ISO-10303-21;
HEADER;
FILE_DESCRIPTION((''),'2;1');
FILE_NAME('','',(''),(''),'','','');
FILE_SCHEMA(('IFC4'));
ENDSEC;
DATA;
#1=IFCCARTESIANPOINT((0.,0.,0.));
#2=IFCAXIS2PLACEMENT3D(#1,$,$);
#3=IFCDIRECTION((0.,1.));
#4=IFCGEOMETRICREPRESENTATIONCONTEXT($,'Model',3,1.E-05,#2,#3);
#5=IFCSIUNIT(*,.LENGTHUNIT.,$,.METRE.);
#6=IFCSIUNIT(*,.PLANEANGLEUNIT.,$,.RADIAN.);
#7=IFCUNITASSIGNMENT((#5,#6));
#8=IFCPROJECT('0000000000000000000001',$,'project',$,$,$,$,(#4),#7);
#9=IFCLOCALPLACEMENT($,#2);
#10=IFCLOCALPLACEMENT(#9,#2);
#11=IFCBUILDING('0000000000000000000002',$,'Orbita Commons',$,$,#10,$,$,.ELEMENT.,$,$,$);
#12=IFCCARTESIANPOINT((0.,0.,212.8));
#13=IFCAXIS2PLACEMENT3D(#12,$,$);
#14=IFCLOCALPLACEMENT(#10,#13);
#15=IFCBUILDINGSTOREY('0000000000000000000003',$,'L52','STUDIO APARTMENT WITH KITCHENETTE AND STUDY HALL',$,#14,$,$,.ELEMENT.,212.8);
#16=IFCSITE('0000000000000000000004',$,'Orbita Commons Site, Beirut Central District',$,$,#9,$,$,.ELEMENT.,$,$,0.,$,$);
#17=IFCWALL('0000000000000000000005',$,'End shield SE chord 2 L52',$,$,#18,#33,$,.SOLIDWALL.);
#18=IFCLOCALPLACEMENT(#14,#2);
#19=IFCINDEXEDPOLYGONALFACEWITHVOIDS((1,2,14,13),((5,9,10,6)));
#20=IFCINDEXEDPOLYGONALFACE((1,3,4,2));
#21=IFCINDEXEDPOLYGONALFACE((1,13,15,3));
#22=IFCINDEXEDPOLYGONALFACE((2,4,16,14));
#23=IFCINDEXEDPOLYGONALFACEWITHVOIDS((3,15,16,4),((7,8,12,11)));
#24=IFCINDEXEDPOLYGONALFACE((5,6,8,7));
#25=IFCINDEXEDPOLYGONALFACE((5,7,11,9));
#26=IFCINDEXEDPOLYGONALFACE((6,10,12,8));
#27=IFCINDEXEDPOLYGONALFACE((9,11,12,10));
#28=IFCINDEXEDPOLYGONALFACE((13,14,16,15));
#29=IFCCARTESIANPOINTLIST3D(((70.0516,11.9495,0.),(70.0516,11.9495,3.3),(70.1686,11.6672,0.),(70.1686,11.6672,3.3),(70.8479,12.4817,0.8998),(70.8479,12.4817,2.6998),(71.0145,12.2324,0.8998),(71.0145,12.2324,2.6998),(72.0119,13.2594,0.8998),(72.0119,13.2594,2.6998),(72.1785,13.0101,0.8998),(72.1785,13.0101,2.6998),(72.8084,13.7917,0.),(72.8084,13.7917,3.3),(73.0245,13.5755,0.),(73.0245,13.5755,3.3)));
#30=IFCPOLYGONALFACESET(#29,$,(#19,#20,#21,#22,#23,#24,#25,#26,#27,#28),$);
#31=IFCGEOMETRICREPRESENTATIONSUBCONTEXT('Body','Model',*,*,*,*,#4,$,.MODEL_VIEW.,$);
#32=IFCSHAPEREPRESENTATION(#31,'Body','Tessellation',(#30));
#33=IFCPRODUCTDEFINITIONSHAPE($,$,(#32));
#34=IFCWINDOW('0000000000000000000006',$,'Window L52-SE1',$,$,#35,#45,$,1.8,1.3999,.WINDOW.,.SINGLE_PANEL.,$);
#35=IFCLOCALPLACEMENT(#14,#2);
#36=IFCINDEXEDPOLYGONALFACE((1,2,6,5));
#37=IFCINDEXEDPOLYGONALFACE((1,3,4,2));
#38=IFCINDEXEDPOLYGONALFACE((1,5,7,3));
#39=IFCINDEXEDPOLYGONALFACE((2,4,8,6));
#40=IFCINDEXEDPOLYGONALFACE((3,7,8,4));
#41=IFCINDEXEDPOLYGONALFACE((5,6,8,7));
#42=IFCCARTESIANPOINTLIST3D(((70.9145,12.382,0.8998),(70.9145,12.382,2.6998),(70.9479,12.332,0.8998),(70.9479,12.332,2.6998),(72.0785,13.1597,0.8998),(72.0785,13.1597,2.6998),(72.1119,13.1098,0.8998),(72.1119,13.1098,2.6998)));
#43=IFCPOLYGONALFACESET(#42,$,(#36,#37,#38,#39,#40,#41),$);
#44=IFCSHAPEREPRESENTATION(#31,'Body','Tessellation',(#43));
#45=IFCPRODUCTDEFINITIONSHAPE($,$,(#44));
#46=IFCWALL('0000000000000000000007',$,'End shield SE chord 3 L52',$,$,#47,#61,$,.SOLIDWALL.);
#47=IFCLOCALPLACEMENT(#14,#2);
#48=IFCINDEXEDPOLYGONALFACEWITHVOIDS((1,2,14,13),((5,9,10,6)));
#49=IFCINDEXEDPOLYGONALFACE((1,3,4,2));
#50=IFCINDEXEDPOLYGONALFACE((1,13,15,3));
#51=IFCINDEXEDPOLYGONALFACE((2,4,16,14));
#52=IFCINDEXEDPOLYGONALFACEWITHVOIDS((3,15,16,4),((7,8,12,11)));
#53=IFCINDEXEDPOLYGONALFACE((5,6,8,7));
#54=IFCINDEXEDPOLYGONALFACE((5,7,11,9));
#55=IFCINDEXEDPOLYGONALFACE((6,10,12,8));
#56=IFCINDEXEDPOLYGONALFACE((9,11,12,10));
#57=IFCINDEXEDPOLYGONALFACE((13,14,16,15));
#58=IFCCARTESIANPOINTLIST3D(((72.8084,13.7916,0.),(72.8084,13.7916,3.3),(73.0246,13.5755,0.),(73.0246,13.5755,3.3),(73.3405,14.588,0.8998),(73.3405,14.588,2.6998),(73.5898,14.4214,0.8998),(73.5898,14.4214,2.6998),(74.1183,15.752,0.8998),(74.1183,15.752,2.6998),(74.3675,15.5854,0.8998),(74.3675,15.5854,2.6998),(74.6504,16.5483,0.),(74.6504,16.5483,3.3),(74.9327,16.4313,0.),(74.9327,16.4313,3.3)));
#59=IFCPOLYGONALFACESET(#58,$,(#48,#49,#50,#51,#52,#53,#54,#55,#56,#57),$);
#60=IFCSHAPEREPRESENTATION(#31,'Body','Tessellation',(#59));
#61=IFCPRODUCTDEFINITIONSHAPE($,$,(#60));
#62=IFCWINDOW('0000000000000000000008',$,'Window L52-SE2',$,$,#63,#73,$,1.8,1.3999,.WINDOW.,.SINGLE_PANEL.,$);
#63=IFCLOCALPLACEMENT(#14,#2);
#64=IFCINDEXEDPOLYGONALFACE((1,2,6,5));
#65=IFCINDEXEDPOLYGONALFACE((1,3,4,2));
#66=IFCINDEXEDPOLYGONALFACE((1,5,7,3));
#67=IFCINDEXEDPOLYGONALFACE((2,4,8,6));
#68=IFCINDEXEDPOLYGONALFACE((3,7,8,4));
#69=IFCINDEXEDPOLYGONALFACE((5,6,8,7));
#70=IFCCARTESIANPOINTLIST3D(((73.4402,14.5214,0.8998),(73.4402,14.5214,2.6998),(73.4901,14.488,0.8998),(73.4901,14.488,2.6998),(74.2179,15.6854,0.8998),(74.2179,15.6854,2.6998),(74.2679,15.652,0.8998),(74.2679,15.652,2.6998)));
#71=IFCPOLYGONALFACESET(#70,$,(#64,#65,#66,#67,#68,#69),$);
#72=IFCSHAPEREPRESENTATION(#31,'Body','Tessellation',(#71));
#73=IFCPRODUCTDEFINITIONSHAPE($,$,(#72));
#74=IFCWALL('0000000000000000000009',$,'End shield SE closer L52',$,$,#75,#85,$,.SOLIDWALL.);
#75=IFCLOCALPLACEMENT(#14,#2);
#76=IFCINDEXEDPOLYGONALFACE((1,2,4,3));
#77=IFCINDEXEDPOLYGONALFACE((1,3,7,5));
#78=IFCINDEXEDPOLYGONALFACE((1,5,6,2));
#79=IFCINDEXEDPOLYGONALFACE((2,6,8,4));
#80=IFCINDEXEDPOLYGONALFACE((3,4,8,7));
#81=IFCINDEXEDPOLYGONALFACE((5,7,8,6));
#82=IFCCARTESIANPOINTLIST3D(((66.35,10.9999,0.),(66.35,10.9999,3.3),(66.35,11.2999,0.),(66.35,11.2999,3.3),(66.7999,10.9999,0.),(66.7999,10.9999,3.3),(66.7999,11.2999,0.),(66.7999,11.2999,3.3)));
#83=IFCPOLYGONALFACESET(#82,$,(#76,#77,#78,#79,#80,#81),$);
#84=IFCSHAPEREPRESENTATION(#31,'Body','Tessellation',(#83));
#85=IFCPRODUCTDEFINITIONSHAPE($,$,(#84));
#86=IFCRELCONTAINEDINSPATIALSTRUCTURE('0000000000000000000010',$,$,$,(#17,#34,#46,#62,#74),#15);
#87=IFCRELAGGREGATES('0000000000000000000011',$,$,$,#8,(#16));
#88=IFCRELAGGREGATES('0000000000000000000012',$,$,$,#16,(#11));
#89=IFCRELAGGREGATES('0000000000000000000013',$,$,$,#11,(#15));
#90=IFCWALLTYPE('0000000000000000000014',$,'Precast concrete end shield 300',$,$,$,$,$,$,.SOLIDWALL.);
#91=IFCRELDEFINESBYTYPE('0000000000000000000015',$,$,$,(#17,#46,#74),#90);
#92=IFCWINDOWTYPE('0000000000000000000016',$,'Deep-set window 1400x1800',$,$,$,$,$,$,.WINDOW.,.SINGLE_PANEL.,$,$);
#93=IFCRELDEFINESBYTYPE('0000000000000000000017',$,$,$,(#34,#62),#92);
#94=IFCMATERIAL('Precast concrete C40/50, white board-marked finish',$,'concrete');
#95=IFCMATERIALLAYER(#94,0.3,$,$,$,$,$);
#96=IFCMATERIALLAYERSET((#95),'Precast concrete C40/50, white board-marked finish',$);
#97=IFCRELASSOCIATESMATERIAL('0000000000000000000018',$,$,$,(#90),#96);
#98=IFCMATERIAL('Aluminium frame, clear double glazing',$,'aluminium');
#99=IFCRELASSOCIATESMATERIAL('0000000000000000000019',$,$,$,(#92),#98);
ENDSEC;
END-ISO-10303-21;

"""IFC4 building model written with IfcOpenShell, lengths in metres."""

from ifc_helpers import new_model, si_unit, direction, frame, frame_2d, origin, place, context, subcontext, project, spatial, polyline, rectangle, outline, extrude, material, layer, layer_set, type_object, element, fill, save


model = new_model("IFC4")

# Units and contexts
model_context = context("Model", 3, precision=1e-05, world=origin(), true_north=direction((0.0, 1.0)))
body_context = subcontext(model_context, "Body", "Model", "MODEL_VIEW")
ifc_project = project(units=[si_unit("LENGTHUNIT", "METRE"), si_unit("PLANEANGLEUNIT", "RADIAN")], contexts=[model_context])

# Site, building, storey
site_placement = place(None, origin())
site = spatial("IfcSite", under=ifc_project, at=site_placement, Name="Orbita Commons Site, Beirut Central District", CompositionType="ELEMENT", RefElevation=0.0)
building_placement = place(site_placement, origin())
building = spatial("IfcBuilding", under=site, at=building_placement, Name="Orbita Commons", CompositionType="ELEMENT")
storey_placement = place(building_placement, frame((0.0, 0.0, 212.8)))
storey = spatial("IfcBuildingStorey", under=building, at=storey_placement, Name="L52", Description="STUDIO APARTMENT WITH KITCHENETTE AND STUDY HALL", CompositionType="ELEMENT", Elevation=212.8)

# Walls, openings, windows
ifc_material_1 = material(Name="Precast concrete C40/50, white board-marked finish", Category="concrete")
ifc_layer_1 = layer(ifc_material_1, 0.3)
ifc_layer_set_1 = layer_set([ifc_layer_1], Name="Precast concrete C40/50, white board-marked finish")
wall_type_1 = type_object("IfcWallType", Name="Precast concrete end shield 300", PredefinedType="SOLIDWALL", material=ifc_layer_set_1)
ifc_material_2 = material(Name="Aluminium frame, clear double glazing", Category="aluminium")
window_type = type_object("IfcWindowType", Name="Deep-set window 1400x1800", PartitioningType="SINGLE_PANEL", PredefinedType="WINDOW", material=ifc_material_2)
wall_1_placement = place(storey_placement, frame((70.1101, 11.8083, 0.0), z_axis=(0.0, 0.0, 1.0), x_axis=(0.83146, 0.555585, 0.0)))
wall_1 = element("IfcWall", 1, at=wall_1_placement, inside=storey, type_object=wall_type_1, Name="End shield SE chord 2 L52", PredefinedType="SOLIDWALL", context=body_context, shape_type="SweptSolid", body=[
    extrude(outline(polyline([(-0.0298, -0.1499), (3.405, -0.1499), (3.3455, 0.1499), (0.0298, 0.1499), (-0.0298, -0.1499)])), origin(), (0.0, 0.0, 1.0), 3.3),
])
opening_1_placement = place(wall_1_placement, frame((0.9875, 0.0, 0.8999)))
opening_1 = element("IfcOpeningElement", 2, at=opening_1_placement, cuts=wall_1, PredefinedType="OPENING", context=body_context, shape_type="SweptSolid", body=[
    extrude(rectangle(XDim=1.3999, YDim=1.8, at=frame_2d((0.7, 0.8999))), frame((0.0, 0.1599, 0.0), z_axis=(0.0, -1.0, 0.0), x_axis=(1.0, 0.0, 0.0)), (0.0, 0.0, 1.0), 0.3201),
])
window_1_placement = place(opening_1_placement, origin())
window_1 = element("IfcWindow", 3, at=window_1_placement, inside=storey, type_object=window_type, Name="Window L52-SE1", OverallHeight=1.8, OverallWidth=1.3999, PartitioningType="SINGLE_PANEL", PredefinedType="WINDOW", context=body_context, shape_type="SweptSolid", body=[
    extrude(rectangle(XDim=1.3999, YDim=1.8, at=frame_2d((0.7, 0.8999))), frame((0.0, 0.03, 0.0), z_axis=(0.0, -1.0, 0.0), x_axis=(1.0, 0.0, 0.0)), (0.0, 0.0, 1.0), 0.0601),
])
fill(opening_1, window_1)
wall_2_placement = place(storey_placement, frame((72.9165, 13.6836, 0.0), z_axis=(0.0, 0.0, 1.0), x_axis=(0.555568, 0.831471, 0.0)))
wall_2 = element("IfcWall", 4, at=wall_2_placement, inside=storey, type_object=wall_type_1, Name="End shield SE chord 3 L52", PredefinedType="SOLIDWALL", context=body_context, shape_type="SweptSolid", body=[
    extrude(outline(polyline([(-0.0298, -0.1499), (3.4048, -0.1499), (3.3452, 0.1499), (0.0298, 0.1499), (-0.0298, -0.1499)])), origin(), (0.0, 0.0, 1.0), 3.3),
])
opening_2_placement = place(wall_2_placement, frame((0.9875, 0.0, 0.8999)))
opening_2 = element("IfcOpeningElement", 5, at=opening_2_placement, cuts=wall_2, PredefinedType="OPENING", context=body_context, shape_type="SweptSolid", body=[
    extrude(rectangle(XDim=1.3999, YDim=1.8, at=frame_2d((0.7, 0.8999))), frame((0.0, 0.1599, 0.0), z_axis=(0.0, -1.0, 0.0), x_axis=(1.0, 0.0, 0.0)), (0.0, 0.0, 1.0), 0.3201),
])
window_2_placement = place(opening_2_placement, origin())
window_2 = element("IfcWindow", 6, at=window_2_placement, inside=storey, type_object=window_type, Name="Window L52-SE2", OverallHeight=1.8, OverallWidth=1.3999, PartitioningType="SINGLE_PANEL", PredefinedType="WINDOW", context=body_context, shape_type="SweptSolid", body=[
    extrude(rectangle(XDim=1.3999, YDim=1.8, at=frame_2d((0.7, 0.8999))), frame((0.0, 0.03, 0.0), z_axis=(0.0, -1.0, 0.0), x_axis=(1.0, 0.0, 0.0)), (0.0, 0.0, 1.0), 0.0601),
])
fill(opening_2, window_2)

# Wall
wall_3_placement = place(storey_placement, frame((66.8, 11.1499, 0.0), z_axis=(0.0, 0.0, 1.0), x_axis=(-1.0, 0.0, 0.0)))
element("IfcWall", 7, at=wall_3_placement, inside=storey, type_object=wall_type_1, Name="End shield SE closer L52", PredefinedType="SOLIDWALL", context=body_context, shape_type="SweptSolid", body=[
    extrude(rectangle(XDim=0.45, YDim=0.3, at=frame_2d((0.2251, 0.0))), origin(), (0.0, 0.0, 1.0), 3.3),
])

save(model, "model.ifc")
